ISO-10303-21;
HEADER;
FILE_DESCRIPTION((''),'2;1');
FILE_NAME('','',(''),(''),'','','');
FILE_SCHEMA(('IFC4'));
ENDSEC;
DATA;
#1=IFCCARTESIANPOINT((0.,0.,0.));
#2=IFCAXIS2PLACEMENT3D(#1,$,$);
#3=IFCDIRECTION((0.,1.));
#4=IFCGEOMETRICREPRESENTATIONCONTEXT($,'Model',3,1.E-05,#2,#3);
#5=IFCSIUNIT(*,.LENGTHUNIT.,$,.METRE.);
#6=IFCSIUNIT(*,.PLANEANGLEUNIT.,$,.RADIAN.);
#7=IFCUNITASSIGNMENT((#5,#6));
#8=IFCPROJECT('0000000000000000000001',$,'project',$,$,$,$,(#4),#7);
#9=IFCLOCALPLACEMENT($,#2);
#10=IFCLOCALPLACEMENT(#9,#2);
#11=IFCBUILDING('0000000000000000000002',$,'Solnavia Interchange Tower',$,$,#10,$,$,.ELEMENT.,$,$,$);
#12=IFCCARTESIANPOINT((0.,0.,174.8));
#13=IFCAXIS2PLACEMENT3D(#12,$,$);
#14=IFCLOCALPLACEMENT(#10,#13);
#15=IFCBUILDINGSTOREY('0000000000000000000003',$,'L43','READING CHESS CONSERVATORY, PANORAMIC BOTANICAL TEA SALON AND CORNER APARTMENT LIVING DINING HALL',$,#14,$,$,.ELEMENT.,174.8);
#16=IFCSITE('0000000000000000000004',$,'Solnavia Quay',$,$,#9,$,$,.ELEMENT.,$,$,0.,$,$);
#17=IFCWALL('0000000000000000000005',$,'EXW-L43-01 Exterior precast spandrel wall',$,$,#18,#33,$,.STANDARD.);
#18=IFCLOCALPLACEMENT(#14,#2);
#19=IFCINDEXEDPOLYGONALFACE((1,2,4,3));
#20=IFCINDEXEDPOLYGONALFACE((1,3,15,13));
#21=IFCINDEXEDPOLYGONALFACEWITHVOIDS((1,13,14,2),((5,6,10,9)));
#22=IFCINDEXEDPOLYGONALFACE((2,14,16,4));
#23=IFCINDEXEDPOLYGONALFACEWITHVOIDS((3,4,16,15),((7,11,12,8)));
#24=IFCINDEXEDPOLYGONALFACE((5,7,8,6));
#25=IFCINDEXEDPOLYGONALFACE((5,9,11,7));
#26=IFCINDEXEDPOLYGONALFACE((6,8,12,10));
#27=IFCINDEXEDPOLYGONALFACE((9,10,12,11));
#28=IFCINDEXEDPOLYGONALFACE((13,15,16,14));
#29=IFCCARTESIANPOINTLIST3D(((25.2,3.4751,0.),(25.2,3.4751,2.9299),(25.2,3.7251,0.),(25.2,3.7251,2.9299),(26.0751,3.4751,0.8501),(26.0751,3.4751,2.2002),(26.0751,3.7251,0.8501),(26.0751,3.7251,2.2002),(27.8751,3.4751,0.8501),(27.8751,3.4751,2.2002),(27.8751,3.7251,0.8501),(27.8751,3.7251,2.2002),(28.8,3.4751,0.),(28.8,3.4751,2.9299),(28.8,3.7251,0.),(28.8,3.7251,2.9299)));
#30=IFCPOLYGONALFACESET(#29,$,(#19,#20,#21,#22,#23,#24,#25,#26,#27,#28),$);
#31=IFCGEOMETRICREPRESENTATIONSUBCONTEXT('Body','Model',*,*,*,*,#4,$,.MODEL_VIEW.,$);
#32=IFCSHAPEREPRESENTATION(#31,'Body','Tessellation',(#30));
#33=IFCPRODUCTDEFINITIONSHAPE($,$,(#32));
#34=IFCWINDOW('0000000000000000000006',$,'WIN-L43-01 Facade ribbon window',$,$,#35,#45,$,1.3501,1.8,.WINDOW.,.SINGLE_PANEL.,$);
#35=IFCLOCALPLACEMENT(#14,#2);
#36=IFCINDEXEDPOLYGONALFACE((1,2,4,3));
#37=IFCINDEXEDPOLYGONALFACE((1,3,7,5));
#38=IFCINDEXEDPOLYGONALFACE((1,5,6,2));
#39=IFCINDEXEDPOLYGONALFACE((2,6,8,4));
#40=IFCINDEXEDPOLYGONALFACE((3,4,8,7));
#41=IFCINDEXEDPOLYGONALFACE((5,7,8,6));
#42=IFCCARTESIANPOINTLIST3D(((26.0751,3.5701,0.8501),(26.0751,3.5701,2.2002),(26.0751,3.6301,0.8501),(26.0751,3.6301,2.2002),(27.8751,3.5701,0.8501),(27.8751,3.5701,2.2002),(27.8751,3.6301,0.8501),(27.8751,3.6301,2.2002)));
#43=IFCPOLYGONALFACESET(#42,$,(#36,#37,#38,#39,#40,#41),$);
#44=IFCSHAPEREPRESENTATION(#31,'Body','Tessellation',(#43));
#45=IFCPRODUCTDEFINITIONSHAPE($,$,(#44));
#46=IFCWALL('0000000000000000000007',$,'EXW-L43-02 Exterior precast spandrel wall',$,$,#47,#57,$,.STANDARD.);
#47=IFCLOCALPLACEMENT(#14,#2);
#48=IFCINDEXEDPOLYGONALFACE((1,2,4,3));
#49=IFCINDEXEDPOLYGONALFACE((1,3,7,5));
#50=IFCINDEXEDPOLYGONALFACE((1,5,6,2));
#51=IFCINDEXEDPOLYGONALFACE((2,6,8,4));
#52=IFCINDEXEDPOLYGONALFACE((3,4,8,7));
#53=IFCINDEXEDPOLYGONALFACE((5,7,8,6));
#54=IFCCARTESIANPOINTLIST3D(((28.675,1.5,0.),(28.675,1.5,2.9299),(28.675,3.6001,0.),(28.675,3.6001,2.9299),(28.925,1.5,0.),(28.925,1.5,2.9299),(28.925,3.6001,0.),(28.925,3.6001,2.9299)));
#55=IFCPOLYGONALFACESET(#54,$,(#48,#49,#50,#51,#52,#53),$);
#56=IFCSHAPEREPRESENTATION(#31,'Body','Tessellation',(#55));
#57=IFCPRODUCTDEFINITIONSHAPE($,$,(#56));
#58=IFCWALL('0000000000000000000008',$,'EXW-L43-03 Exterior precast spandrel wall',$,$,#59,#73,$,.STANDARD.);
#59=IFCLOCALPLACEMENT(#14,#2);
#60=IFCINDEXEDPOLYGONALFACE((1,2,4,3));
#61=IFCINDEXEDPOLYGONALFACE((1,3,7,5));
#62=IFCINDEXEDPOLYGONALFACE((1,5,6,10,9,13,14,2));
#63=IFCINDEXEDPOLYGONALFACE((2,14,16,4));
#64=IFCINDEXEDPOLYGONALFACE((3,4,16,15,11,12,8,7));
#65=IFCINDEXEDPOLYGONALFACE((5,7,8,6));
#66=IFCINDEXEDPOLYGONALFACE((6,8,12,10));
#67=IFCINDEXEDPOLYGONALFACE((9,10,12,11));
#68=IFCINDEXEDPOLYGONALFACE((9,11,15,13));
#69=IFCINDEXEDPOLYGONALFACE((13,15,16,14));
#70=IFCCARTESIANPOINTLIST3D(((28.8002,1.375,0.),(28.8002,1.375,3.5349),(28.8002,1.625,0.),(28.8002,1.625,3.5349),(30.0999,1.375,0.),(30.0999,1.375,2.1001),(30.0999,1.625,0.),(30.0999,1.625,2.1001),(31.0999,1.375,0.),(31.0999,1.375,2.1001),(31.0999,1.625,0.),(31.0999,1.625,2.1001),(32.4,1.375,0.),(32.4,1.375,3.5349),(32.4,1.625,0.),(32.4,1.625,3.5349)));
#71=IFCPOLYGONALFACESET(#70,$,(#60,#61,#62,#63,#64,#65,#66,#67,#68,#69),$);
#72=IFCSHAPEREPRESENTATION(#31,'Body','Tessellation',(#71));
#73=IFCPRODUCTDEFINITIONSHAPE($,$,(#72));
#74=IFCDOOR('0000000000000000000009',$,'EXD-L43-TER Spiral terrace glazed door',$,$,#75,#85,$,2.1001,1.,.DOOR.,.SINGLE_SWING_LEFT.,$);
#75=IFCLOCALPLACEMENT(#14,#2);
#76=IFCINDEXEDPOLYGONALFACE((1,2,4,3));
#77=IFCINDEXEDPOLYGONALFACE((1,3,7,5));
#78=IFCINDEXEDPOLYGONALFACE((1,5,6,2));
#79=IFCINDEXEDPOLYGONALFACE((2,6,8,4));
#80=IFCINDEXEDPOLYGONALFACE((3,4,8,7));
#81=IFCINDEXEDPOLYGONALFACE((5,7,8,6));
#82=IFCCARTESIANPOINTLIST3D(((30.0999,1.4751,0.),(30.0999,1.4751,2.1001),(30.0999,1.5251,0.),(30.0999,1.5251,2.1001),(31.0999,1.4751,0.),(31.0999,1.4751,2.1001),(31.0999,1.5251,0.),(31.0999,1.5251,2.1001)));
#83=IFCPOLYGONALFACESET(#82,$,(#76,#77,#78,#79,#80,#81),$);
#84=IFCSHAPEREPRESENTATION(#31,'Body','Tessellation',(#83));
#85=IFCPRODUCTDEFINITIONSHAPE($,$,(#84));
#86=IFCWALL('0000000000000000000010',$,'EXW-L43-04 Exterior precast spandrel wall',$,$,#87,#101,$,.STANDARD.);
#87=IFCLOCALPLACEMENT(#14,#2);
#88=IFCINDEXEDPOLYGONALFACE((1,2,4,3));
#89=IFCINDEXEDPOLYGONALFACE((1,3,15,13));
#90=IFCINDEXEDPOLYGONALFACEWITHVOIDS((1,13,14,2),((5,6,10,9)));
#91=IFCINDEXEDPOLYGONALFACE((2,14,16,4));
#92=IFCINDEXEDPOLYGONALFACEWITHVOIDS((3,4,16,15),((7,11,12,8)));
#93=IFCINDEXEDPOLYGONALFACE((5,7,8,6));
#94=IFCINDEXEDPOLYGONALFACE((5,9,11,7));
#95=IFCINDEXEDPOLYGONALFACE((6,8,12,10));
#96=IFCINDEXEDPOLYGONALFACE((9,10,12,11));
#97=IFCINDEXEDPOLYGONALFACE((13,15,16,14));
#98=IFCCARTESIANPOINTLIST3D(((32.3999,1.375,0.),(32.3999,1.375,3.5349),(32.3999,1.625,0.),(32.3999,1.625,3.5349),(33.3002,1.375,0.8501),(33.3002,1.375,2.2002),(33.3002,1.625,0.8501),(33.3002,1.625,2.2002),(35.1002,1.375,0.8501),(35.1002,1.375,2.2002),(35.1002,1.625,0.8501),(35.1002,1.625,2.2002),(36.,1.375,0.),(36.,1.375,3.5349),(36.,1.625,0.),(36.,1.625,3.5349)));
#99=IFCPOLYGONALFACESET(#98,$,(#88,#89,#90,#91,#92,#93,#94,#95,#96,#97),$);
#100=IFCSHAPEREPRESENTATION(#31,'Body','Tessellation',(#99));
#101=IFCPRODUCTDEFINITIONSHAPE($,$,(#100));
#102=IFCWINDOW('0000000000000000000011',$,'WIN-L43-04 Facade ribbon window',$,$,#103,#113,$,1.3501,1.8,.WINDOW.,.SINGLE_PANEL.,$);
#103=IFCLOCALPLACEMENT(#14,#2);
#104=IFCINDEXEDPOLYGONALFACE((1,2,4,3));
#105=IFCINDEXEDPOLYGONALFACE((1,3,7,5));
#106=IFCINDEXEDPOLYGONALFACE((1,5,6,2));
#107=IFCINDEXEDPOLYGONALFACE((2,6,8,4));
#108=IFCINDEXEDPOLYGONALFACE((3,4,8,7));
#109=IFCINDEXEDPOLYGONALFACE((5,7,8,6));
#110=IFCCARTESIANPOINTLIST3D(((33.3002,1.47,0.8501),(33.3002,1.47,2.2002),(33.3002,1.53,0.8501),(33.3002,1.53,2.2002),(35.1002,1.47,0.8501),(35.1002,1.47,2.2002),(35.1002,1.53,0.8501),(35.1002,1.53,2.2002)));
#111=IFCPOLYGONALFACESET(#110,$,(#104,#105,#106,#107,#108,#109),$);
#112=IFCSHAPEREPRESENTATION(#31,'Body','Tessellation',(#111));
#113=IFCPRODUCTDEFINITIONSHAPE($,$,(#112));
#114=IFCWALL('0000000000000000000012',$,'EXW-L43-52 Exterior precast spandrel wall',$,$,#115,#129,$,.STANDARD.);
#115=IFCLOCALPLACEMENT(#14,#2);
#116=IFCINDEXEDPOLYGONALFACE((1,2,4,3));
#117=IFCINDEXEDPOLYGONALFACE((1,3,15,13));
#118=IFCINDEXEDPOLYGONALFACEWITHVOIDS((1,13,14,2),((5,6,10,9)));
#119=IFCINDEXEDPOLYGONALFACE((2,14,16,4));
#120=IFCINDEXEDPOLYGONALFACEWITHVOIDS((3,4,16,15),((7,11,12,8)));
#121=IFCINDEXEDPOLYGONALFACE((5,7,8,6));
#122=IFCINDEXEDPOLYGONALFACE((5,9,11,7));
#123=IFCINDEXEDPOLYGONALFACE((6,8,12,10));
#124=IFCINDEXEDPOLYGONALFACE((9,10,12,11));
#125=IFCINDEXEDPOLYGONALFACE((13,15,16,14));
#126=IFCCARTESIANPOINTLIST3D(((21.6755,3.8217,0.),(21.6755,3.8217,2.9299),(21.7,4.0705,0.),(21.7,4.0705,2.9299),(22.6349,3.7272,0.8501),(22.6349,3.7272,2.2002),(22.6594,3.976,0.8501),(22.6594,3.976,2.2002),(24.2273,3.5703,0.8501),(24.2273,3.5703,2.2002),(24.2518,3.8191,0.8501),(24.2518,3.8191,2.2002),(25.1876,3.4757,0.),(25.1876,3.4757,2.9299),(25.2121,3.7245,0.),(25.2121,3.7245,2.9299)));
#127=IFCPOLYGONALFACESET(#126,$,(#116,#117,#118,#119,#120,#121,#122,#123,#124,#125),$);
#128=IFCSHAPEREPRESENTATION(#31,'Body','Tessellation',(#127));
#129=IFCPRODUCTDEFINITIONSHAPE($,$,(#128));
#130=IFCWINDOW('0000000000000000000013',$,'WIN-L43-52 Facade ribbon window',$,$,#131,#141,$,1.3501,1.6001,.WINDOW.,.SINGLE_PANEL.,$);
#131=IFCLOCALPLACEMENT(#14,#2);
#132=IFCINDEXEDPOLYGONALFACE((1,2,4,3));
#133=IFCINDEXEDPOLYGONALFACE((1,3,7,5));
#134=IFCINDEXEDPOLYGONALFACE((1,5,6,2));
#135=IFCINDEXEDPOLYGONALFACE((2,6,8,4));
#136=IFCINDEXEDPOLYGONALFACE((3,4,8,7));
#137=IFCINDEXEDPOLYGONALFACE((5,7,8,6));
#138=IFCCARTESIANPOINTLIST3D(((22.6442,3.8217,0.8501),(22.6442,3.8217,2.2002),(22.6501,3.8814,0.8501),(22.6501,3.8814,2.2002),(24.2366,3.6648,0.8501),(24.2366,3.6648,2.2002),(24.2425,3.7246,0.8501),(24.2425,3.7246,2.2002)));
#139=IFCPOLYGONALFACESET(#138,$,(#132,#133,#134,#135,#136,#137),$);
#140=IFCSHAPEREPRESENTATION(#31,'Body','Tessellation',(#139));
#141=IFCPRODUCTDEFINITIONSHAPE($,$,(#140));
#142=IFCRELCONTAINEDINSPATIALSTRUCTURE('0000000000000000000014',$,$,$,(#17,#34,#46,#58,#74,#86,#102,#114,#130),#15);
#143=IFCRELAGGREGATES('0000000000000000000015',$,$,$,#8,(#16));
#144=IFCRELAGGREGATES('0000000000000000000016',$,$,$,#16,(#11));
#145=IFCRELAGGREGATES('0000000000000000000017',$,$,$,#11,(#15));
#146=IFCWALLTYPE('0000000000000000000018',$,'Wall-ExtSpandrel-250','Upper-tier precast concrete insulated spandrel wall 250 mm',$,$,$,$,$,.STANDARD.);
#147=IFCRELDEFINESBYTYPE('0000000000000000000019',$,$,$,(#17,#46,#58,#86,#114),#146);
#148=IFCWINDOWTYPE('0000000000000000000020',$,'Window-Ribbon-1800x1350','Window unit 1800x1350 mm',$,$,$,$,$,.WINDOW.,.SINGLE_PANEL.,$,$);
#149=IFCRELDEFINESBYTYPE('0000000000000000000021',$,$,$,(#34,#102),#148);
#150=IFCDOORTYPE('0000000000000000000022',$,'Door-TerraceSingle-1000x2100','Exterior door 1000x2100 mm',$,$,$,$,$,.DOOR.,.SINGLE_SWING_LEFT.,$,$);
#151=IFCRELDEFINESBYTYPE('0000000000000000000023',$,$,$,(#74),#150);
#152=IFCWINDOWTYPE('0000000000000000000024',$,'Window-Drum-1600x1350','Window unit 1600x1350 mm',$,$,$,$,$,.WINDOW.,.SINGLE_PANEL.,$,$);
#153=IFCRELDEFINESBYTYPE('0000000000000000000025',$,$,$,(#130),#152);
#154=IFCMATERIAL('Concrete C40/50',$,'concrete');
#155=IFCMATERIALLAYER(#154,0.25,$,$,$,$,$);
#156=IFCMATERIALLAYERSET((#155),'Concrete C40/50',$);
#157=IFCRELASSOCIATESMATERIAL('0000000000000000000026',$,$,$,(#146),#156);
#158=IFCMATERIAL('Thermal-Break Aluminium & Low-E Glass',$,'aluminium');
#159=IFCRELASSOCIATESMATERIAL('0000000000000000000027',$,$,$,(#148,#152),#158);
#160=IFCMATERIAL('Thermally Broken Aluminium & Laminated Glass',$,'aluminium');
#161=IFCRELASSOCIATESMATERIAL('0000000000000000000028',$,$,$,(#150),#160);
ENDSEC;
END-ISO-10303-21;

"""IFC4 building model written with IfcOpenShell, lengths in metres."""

from ifc_helpers import new_model, si_unit, direction, frame, frame_2d, origin, place, context, subcontext, project, spatial, rectangle, extrude, material, layer, layer_set, type_object, element, fill, save


model = new_model("IFC4")

# Units and contexts
model_context = context("Model", 3, precision=1e-05, world=origin(), true_north=direction((0.0, 1.0)))
body_context = subcontext(model_context, "Body", "Model", "MODEL_VIEW")
ifc_project = project(units=[si_unit("LENGTHUNIT", "METRE"), si_unit("PLANEANGLEUNIT", "RADIAN")], contexts=[model_context])

# Site, building, storey
site_placement = place(None, origin())
site = spatial("IfcSite", under=ifc_project, at=site_placement, Name="Solnavia Quay", CompositionType="ELEMENT", RefElevation=0.0)
building_placement = place(site_placement, origin())
building = spatial("IfcBuilding", under=site, at=building_placement, Name="Solnavia Interchange Tower", CompositionType="ELEMENT")
storey_placement = place(building_placement, frame((0.0, 0.0, 174.8)))
storey = spatial("IfcBuildingStorey", under=building, at=storey_placement, Name="L43", Description="READING CHESS CONSERVATORY, PANORAMIC BOTANICAL TEA SALON AND CORNER APARTMENT LIVING DINING HALL", CompositionType="ELEMENT", Elevation=174.8)

# Wall, opening, window
ifc_material_1 = material(Name="Concrete C40/50", Category="concrete")
ifc_layer_1 = layer(ifc_material_1, 0.25)
ifc_layer_set_1 = layer_set([ifc_layer_1], Name="Concrete C40/50")
wall_type_1 = type_object("IfcWallType", Name="Wall-ExtSpandrel-250", Description="Upper-tier precast concrete insulated spandrel wall 250 mm", PredefinedType="STANDARD", material=ifc_layer_set_1)
wall_1_placement = place(storey_placement, frame((28.8, 3.6001, 0.0), z_axis=(0.0, 0.0, 1.0), x_axis=(-1.0, 0.0, 0.0)))
wall_1 = element("IfcWall", 1, at=wall_1_placement, inside=storey, type_object=wall_type_1, Name="EXW-L43-01 Exterior precast spandrel wall", PredefinedType="STANDARD", context=body_context, shape_type="SweptSolid", body=[
    extrude(rectangle(XDim=3.6001, YDim=0.25, at=frame_2d((1.8, 0.0))), origin(), (0.0, 0.0, 1.0), 2.9299),
])
opening_1_placement = place(wall_1_placement, frame((0.925, 0.0, 0.8501)))
opening_1 = element("IfcOpeningElement", 2, at=opening_1_placement, cuts=wall_1, PredefinedType="OPENING", context=body_context, shape_type="SweptSolid", body=[
    extrude(rectangle(XDim=1.8, YDim=1.3501, at=frame_2d((0.8999, 0.675))), frame((0.0, 0.135, 0.0), z_axis=(0.0, -1.0, 0.0), x_axis=(1.0, 0.0, 0.0)), (0.0, 0.0, 1.0), 0.27),
])
ifc_material_2 = material(Name="Thermal-Break Aluminium & Low-E Glass", Category="aluminium")
window_type_1 = type_object("IfcWindowType", Name="Window-Ribbon-1800x1350", Description="Window unit 1800x1350 mm", PartitioningType="SINGLE_PANEL", PredefinedType="WINDOW", material=ifc_material_2)
window_1_placement = place(opening_1_placement, origin())
window_1 = element("IfcWindow", 3, at=window_1_placement, inside=storey, type_object=window_type_1, Name="WIN-L43-01 Facade ribbon window", OverallHeight=1.3501, OverallWidth=1.8, PartitioningType="SINGLE_PANEL", PredefinedType="WINDOW", context=body_context, shape_type="SweptSolid", body=[
    extrude(rectangle(XDim=1.8, YDim=1.3501, at=frame_2d((0.8999, 0.675))), frame((0.0, 0.03, 0.0), z_axis=(0.0, -1.0, 0.0), x_axis=(1.0, 0.0, 0.0)), (0.0, 0.0, 1.0), 0.0601),
])
fill(opening_1, window_1)

# Wall
wall_2_placement = place(storey_placement, frame((28.8, 3.6001, 0.0), z_axis=(0.0, 0.0, 1.0), x_axis=(0.0, -1.0, 0.0)))
element("IfcWall", 4, at=wall_2_placement, inside=storey, type_object=wall_type_1, Name="EXW-L43-02 Exterior precast spandrel wall", PredefinedType="STANDARD", context=body_context, shape_type="SweptSolid", body=[
    extrude(rectangle(XDim=2.1001, YDim=0.25, at=frame_2d((1.05, 0.0))), origin(), (0.0, 0.0, 1.0), 2.9299),
])

# Wall, opening, door
wall_3_placement = place(storey_placement, frame((32.3999, 1.5, 0.0), z_axis=(0.0, 0.0, 1.0), x_axis=(-1.0, 0.0, 0.0)))
wall_3 = element("IfcWall", 5, at=wall_3_placement, inside=storey, type_object=wall_type_1, Name="EXW-L43-03 Exterior precast spandrel wall", PredefinedType="STANDARD", context=body_context, shape_type="SweptSolid", body=[
    extrude(rectangle(XDim=3.5999, YDim=0.25, at=frame_2d((1.7998, 0.0))), origin(), (0.0, 0.0, 1.0), 3.5349),
])
opening_2_placement = place(wall_3_placement, frame((1.3, 0.0, 0.0)))
opening_2 = element("IfcOpeningElement", 6, at=opening_2_placement, cuts=wall_3, PredefinedType="OPENING", context=body_context, shape_type="SweptSolid", body=[
    extrude(rectangle(XDim=1.0, YDim=2.1001, at=frame_2d((0.5, 1.05))), frame((0.0, 0.135, 0.0), z_axis=(0.0, -1.0, 0.0), x_axis=(1.0, 0.0, 0.0)), (0.0, 0.0, 1.0), 0.27),
])
ifc_material_3 = material(Name="Thermally Broken Aluminium & Laminated Glass", Category="aluminium")
door_type = type_object("IfcDoorType", Name="Door-TerraceSingle-1000x2100", Description="Exterior door 1000x2100 mm", OperationType="SINGLE_SWING_LEFT", PredefinedType="DOOR", material=ifc_material_3)
door_placement = place(opening_2_placement, origin())
door = element("IfcDoor", 7, at=door_placement, inside=storey, type_object=door_type, Name="EXD-L43-TER Spiral terrace glazed door", OperationType="SINGLE_SWING_LEFT", OverallHeight=2.1001, OverallWidth=1.0, PredefinedType="DOOR", context=body_context, shape_type="SweptSolid", body=[
    extrude(rectangle(XDim=1.0, YDim=2.1001, at=frame_2d((0.5, 1.05))), frame((0.0, 0.0249, 0.0), z_axis=(0.0, -1.0, 0.0), x_axis=(1.0, 0.0, 0.0)), (0.0, 0.0, 1.0), 0.05),
])
fill(opening_2, door)

# Walls, openings, windows
wall_4_placement = place(storey_placement, frame((36.0, 1.5, 0.0), z_axis=(0.0, 0.0, 1.0), x_axis=(-1.0, 0.0, 0.0)))
wall_4 = element("IfcWall", 8, at=wall_4_placement, inside=storey, type_object=wall_type_1, Name="EXW-L43-04 Exterior precast spandrel wall", PredefinedType="STANDARD", context=body_context, shape_type="SweptSolid", body=[
    extrude(rectangle(XDim=3.6001, YDim=0.25, at=frame_2d((1.8, 0.0))), origin(), (0.0, 0.0, 1.0), 3.5349),
])
opening_3_placement = place(wall_4_placement, frame((0.8999, 0.0, 0.8501)))
opening_3 = element("IfcOpeningElement", 9, at=opening_3_placement, cuts=wall_4, PredefinedType="OPENING", context=body_context, shape_type="SweptSolid", body=[
    extrude(rectangle(XDim=1.8, YDim=1.3501, at=frame_2d((0.8999, 0.675))), frame((0.0, 0.135, 0.0), z_axis=(0.0, -1.0, 0.0), x_axis=(1.0, 0.0, 0.0)), (0.0, 0.0, 1.0), 0.27),
])
window_2_placement = place(opening_3_placement, origin())
window_2 = element("IfcWindow", 10, at=window_2_placement, inside=storey, type_object=window_type_1, Name="WIN-L43-04 Facade ribbon window", OverallHeight=1.3501, OverallWidth=1.8, PartitioningType="SINGLE_PANEL", PredefinedType="WINDOW", context=body_context, shape_type="SweptSolid", body=[
    extrude(rectangle(XDim=1.8, YDim=1.3501, at=frame_2d((0.8999, 0.675))), frame((0.0, 0.03, 0.0), z_axis=(0.0, -1.0, 0.0), x_axis=(1.0, 0.0, 0.0)), (0.0, 0.0, 1.0), 0.0601),
])
fill(opening_3, window_2)
wall_5_placement = place(storey_placement, frame((25.2, 3.6001, 0.0), z_axis=(0.0, 0.0, 1.0), x_axis=(-0.995183, 0.098031, 0.0)))
wall_5 = element("IfcWall", 11, at=wall_5_placement, inside=storey, type_object=wall_type_1, Name="EXW-L43-52 Exterior precast spandrel wall", PredefinedType="STANDARD", context=body_context, shape_type="SweptSolid", body=[
    extrude(rectangle(XDim=3.5291, YDim=0.25, at=frame_2d((1.7646, 0.0))), origin(), (0.0, 0.0, 1.0), 2.9299),
])
opening_4_placement = place(wall_5_placement, frame((0.9651, 0.0, 0.8501)))
opening_4 = element("IfcOpeningElement", 12, at=opening_4_placement, cuts=wall_5, PredefinedType="OPENING", context=body_context, shape_type="SweptSolid", body=[
    extrude(rectangle(XDim=1.6001, YDim=1.3501, at=frame_2d((0.8, 0.675))), frame((0.0, 0.135, 0.0), z_axis=(0.0, -1.0, 0.0), x_axis=(1.0, 0.0, 0.0)), (0.0, 0.0, 1.0), 0.27),
])
window_type_2 = type_object("IfcWindowType", Name="Window-Drum-1600x1350", Description="Window unit 1600x1350 mm", PartitioningType="SINGLE_PANEL", PredefinedType="WINDOW", material=ifc_material_2)
window_3_placement = place(opening_4_placement, origin())
window_3 = element("IfcWindow", 13, at=window_3_placement, inside=storey, type_object=window_type_2, Name="WIN-L43-52 Facade ribbon window", OverallHeight=1.3501, OverallWidth=1.6001, PartitioningType="SINGLE_PANEL", PredefinedType="WINDOW", context=body_context, shape_type="SweptSolid", body=[
    extrude(rectangle(XDim=1.6001, YDim=1.3501, at=frame_2d((0.8, 0.675))), frame((0.0, 0.03, 0.0), z_axis=(0.0, -1.0, 0.0), x_axis=(1.0, 0.0, 0.0)), (0.0, 0.0, 1.0), 0.0601),
])
fill(opening_4, window_3)

save(model, "model.ifc")
